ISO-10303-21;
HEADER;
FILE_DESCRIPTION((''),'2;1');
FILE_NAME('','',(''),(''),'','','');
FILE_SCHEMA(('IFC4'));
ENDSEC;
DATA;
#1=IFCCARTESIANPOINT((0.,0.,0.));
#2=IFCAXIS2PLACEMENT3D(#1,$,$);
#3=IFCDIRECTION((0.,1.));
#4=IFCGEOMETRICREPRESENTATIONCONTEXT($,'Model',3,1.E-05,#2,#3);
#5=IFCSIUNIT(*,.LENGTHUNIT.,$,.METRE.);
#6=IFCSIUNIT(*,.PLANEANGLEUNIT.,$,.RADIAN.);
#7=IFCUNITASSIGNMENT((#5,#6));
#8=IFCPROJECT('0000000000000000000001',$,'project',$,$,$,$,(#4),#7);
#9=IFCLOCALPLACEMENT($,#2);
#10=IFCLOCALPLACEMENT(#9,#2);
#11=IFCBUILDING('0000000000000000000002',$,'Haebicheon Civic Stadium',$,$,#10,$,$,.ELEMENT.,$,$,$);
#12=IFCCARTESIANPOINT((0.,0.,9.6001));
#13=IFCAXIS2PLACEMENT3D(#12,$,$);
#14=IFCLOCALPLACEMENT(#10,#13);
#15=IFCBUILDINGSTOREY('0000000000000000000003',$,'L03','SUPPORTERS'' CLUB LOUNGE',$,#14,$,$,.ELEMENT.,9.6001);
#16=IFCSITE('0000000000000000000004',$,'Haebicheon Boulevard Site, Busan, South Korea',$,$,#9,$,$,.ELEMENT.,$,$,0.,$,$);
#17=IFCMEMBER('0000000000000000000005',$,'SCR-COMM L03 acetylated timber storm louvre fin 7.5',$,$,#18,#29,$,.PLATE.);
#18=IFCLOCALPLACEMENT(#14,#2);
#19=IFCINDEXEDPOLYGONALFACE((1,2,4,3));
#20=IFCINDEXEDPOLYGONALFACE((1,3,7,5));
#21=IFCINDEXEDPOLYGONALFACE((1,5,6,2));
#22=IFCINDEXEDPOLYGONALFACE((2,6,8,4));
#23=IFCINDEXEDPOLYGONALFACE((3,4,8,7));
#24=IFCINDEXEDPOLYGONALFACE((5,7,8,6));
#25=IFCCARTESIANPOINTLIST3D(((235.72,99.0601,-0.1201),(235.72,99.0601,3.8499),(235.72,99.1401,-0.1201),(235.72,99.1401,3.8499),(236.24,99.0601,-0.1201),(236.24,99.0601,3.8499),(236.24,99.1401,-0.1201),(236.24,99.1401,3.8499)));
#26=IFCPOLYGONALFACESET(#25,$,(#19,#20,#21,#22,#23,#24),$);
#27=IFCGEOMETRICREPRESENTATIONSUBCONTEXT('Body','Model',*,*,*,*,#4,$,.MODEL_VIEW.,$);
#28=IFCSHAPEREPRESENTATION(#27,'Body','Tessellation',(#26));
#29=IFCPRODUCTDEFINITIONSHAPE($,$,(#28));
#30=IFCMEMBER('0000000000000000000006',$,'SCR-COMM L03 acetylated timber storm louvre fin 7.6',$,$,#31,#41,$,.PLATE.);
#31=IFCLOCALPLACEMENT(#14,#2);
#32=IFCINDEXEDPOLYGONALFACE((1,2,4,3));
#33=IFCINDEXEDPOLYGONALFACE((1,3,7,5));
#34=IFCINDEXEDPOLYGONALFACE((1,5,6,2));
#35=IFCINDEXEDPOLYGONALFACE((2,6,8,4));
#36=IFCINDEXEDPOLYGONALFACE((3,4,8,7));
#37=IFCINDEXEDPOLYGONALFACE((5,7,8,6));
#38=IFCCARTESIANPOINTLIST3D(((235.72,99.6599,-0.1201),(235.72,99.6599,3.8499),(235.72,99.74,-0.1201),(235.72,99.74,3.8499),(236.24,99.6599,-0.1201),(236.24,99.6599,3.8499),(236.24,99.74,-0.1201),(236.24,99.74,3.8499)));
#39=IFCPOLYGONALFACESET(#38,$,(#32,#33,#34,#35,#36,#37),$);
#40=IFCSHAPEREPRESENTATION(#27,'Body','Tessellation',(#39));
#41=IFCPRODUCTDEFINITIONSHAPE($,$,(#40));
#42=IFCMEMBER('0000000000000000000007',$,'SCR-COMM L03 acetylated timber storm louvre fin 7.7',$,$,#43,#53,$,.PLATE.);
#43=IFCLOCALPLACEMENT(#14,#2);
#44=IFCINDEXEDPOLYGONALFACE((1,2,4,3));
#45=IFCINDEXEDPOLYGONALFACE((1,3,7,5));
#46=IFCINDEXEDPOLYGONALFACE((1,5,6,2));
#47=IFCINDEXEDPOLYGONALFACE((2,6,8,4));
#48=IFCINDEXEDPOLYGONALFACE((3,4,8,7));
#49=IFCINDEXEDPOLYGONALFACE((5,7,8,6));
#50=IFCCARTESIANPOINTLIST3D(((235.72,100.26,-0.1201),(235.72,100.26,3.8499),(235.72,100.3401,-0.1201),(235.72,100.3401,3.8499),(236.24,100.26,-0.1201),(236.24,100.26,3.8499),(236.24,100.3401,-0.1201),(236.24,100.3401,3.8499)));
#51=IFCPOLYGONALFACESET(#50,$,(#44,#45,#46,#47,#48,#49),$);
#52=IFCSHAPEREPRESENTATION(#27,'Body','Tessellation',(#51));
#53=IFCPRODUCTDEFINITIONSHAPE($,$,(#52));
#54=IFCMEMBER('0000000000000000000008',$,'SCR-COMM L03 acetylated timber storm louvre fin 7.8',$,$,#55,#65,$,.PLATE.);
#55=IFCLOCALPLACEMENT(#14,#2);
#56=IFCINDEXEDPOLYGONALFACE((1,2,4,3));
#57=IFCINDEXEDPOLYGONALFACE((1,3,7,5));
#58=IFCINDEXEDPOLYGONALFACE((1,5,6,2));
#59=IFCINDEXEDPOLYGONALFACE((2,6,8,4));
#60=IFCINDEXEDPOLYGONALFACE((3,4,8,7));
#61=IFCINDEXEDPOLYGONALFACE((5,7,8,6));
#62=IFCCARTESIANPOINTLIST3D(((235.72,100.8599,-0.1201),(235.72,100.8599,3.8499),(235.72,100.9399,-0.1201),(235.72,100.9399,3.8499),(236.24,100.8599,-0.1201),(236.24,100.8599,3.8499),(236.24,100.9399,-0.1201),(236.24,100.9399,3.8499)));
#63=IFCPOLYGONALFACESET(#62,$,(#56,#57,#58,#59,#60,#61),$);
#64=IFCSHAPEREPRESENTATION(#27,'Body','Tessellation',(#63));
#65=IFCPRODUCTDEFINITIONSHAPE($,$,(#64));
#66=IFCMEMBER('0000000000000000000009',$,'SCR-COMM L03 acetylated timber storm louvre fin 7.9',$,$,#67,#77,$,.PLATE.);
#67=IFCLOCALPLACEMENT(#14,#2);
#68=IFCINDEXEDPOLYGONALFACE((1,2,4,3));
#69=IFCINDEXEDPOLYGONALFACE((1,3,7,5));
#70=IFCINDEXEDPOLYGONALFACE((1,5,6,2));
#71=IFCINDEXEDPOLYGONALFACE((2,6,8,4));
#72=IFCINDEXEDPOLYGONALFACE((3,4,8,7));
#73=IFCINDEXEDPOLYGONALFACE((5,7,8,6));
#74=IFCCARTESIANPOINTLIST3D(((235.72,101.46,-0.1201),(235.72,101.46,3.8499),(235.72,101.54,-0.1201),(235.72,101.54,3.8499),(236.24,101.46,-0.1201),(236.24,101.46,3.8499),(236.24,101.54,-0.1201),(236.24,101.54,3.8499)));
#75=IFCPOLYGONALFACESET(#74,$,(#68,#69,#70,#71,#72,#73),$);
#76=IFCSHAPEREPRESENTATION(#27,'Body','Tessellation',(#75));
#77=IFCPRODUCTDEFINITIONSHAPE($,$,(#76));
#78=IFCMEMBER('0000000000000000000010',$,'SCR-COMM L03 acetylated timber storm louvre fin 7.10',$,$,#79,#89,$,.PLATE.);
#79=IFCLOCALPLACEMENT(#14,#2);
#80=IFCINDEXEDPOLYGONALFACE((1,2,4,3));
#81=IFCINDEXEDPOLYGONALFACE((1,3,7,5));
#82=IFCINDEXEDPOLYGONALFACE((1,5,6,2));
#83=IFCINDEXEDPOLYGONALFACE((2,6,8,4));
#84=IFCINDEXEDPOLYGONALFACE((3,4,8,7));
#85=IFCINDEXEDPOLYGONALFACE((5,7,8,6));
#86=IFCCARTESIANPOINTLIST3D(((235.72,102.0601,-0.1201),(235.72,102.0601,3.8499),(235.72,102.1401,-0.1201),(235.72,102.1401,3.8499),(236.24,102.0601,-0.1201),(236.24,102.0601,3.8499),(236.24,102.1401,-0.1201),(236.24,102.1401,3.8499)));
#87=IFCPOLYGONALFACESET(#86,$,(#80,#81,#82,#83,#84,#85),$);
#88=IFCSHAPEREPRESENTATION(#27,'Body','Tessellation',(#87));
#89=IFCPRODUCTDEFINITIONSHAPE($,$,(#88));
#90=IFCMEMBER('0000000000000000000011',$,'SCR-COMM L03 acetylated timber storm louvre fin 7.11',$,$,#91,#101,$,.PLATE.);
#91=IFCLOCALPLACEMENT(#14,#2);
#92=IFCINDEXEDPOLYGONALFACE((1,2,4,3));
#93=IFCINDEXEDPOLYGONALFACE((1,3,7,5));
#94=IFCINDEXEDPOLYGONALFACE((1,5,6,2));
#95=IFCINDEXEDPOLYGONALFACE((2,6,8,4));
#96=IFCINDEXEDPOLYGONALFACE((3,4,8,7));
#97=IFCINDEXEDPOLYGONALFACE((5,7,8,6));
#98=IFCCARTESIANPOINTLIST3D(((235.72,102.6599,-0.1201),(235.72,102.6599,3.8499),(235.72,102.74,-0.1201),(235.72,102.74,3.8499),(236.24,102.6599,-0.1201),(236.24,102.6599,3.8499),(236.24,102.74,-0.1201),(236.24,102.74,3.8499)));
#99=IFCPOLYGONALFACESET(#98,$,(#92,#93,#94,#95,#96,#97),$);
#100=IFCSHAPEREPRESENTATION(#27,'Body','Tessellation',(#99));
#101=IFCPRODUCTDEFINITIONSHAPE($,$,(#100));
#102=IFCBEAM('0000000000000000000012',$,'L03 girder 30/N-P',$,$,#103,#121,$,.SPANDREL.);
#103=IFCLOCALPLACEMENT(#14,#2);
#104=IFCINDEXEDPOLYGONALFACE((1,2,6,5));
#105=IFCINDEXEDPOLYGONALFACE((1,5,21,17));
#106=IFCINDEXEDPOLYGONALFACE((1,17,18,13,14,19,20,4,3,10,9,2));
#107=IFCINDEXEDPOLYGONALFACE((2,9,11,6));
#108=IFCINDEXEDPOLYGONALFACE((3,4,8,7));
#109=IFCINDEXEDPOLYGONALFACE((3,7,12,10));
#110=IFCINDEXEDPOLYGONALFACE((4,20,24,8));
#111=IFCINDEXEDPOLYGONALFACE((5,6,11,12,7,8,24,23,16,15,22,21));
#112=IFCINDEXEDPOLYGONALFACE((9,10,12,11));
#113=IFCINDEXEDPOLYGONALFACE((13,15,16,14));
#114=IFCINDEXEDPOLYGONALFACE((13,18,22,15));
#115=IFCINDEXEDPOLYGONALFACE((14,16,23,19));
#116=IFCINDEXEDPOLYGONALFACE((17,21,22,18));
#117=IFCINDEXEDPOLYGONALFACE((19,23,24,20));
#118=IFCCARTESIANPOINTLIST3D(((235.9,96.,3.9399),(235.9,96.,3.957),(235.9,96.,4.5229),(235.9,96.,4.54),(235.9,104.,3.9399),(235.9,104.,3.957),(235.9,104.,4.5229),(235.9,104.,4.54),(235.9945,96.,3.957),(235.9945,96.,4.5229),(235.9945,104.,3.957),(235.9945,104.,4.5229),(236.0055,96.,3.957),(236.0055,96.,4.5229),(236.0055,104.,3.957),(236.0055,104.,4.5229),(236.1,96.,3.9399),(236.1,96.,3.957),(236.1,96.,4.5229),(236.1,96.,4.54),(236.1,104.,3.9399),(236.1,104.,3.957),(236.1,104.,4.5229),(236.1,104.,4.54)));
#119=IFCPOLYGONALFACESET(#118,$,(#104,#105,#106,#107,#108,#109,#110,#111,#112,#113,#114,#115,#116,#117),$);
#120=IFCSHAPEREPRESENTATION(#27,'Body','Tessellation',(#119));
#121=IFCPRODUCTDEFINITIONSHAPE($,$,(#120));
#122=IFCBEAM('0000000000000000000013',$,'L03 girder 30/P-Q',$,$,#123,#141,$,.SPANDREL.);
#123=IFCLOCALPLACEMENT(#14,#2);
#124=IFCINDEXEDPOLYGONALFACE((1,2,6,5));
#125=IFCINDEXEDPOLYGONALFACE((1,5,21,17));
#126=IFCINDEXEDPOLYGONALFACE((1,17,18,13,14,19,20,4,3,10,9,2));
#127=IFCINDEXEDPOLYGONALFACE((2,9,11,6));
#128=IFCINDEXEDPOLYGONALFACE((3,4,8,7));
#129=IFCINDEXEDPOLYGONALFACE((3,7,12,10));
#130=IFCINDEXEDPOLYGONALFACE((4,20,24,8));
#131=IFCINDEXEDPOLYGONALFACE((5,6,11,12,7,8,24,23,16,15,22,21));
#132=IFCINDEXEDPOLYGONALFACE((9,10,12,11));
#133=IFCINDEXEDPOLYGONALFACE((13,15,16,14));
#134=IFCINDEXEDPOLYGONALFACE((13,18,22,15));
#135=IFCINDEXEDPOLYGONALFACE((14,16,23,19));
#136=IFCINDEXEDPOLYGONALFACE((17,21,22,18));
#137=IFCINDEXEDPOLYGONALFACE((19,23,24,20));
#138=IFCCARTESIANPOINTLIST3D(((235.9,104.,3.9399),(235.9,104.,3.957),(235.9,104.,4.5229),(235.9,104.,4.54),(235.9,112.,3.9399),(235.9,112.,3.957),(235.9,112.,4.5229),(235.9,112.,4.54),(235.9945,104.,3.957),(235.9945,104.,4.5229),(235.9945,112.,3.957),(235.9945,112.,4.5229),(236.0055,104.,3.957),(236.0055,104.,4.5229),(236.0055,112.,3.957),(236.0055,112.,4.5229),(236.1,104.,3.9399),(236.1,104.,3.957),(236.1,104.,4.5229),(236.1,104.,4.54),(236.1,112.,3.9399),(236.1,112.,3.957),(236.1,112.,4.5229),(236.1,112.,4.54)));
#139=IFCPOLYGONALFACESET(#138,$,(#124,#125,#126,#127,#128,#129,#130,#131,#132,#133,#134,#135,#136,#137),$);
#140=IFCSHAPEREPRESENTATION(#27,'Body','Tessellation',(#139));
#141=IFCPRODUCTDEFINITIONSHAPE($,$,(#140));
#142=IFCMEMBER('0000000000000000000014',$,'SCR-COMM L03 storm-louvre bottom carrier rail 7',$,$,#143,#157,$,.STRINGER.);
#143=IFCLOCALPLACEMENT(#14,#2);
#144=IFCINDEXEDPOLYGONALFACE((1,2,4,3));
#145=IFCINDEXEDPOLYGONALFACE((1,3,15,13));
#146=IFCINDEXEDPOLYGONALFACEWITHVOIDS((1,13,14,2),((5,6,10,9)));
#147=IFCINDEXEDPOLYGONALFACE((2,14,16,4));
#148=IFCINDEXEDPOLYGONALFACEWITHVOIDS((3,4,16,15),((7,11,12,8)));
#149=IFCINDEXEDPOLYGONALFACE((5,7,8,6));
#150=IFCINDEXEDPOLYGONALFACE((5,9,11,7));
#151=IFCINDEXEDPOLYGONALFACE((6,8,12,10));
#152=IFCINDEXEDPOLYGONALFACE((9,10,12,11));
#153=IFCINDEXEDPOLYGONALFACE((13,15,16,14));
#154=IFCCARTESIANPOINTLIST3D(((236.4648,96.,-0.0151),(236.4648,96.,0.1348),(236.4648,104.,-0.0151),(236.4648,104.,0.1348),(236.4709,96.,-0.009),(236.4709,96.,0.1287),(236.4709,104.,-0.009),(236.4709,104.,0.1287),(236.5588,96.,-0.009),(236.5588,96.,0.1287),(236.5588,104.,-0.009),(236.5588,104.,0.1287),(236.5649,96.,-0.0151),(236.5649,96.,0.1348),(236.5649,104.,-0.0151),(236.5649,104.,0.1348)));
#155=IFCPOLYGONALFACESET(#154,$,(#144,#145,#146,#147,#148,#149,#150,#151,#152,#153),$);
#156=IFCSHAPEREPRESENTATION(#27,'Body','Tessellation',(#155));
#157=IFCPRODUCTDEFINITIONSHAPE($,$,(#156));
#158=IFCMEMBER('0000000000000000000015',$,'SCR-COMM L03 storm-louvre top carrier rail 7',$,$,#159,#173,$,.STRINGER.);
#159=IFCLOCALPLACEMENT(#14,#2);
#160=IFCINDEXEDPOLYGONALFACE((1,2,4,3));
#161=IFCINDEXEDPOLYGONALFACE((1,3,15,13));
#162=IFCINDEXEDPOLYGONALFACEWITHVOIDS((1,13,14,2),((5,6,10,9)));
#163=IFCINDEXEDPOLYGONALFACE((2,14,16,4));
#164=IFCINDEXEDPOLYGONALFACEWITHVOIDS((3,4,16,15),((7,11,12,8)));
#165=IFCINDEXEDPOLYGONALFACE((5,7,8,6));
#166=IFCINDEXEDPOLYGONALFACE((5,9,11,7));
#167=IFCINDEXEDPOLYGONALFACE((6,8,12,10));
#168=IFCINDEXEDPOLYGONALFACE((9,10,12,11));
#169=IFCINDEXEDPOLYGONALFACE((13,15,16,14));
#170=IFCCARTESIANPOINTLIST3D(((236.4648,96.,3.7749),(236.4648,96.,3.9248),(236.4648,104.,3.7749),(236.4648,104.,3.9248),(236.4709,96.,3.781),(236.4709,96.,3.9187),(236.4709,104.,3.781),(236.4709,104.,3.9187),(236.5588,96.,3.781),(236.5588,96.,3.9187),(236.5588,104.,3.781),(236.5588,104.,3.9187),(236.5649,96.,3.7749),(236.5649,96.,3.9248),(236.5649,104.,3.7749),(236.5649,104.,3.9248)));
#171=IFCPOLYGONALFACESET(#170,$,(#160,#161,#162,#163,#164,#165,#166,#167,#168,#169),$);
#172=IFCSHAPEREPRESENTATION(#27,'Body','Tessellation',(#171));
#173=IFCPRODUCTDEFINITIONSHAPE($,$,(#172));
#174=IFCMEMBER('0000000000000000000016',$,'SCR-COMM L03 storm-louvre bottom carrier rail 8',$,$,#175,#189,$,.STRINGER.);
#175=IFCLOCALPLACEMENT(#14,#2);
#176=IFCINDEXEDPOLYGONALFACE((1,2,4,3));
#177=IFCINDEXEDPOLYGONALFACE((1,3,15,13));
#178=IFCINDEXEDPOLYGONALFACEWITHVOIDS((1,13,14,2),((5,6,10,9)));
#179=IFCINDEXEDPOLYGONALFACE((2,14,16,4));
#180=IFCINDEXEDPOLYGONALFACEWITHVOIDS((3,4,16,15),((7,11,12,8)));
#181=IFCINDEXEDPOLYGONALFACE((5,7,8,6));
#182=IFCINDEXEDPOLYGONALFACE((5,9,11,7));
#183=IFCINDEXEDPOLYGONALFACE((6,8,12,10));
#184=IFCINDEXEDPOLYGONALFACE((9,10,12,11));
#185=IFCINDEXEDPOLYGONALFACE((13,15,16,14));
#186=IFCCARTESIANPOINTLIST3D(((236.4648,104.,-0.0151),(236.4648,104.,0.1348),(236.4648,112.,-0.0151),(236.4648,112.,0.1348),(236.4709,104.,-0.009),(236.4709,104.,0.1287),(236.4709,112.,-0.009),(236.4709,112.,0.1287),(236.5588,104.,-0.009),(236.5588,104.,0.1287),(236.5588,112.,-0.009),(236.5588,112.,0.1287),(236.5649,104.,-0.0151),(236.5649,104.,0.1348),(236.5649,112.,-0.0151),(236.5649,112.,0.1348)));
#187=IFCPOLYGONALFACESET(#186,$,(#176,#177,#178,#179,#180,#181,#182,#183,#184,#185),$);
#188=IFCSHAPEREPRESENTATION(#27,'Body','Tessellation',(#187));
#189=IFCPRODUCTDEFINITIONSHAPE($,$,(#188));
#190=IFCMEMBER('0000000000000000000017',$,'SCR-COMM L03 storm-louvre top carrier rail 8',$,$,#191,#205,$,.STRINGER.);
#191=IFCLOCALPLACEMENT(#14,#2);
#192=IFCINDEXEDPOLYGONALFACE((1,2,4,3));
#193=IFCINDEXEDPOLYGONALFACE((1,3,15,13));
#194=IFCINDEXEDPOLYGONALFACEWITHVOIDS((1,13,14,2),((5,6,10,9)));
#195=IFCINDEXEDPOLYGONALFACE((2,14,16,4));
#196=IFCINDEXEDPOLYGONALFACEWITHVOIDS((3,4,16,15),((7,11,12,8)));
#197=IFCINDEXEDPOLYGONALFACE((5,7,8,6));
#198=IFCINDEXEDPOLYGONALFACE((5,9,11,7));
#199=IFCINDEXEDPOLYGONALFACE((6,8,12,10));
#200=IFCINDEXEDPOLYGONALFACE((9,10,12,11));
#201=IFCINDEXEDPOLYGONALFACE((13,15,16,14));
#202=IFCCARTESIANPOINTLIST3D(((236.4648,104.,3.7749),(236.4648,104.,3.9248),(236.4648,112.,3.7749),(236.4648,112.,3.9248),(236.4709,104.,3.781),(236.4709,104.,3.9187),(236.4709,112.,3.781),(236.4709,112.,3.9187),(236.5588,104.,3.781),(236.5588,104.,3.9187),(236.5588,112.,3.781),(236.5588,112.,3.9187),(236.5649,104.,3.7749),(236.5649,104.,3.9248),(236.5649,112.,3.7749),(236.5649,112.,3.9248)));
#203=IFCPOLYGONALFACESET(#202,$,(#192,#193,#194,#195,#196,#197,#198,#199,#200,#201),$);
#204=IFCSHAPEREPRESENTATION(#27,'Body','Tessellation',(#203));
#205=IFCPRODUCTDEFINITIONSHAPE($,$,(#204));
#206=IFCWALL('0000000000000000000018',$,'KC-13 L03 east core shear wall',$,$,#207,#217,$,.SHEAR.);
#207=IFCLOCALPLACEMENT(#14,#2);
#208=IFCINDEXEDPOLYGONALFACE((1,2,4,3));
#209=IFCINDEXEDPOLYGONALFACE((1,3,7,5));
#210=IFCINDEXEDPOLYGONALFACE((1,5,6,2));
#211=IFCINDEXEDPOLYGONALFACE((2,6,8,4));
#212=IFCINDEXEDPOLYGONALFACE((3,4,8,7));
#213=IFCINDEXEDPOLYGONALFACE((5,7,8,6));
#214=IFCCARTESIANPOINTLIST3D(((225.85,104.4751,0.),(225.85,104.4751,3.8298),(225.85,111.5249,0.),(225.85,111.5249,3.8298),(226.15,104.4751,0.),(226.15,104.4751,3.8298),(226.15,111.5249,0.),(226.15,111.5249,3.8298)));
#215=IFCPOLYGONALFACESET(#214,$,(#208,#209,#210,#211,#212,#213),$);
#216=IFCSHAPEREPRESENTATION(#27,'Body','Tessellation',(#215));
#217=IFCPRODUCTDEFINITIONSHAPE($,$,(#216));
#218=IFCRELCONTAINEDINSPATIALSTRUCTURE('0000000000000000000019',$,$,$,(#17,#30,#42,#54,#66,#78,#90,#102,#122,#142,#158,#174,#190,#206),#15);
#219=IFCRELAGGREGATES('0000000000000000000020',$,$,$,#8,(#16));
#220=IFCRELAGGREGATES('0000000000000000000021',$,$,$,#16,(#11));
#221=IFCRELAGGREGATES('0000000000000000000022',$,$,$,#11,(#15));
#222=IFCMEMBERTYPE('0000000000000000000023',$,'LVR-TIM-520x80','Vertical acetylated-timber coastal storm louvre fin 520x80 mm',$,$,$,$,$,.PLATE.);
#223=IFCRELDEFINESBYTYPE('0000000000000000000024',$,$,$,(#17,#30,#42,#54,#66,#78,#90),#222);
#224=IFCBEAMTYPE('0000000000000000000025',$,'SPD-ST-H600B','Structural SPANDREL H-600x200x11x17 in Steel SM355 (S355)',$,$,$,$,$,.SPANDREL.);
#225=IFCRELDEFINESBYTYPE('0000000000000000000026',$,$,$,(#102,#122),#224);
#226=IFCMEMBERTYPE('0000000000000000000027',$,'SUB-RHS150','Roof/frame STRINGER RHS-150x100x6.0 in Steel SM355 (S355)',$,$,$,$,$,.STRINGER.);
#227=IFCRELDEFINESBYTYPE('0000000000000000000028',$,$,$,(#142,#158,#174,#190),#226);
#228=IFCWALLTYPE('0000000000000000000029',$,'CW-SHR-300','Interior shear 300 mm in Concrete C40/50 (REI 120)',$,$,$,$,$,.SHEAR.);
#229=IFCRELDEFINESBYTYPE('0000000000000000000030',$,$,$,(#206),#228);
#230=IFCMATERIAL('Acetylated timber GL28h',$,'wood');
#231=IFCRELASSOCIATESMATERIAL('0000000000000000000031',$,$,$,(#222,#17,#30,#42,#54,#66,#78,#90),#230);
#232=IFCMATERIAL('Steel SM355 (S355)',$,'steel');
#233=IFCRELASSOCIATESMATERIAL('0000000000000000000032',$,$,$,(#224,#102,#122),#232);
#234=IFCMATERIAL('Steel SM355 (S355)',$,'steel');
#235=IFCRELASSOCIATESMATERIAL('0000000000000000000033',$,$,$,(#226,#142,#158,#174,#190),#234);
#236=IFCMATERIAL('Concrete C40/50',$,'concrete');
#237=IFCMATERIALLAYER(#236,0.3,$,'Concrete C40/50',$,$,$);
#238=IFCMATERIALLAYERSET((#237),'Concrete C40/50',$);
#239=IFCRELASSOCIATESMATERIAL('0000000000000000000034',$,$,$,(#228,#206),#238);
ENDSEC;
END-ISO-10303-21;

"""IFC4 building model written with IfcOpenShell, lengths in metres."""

from ifc_helpers import new_model, si_unit, direction, frame, frame_2d, origin, origin_2d, place, context, subcontext, project, spatial, rectangle, hollow_rectangle, i_section, extrude, material, layer, layer_set, material_profile, profile_set, type_object, element, save


model = new_model("IFC4")

# Units and contexts
model_context = context("Model", 3, precision=1e-05, world=origin(), true_north=direction((0.0, 1.0)))
body_context = subcontext(model_context, "Body", "Model", "MODEL_VIEW")
ifc_project = project(units=[si_unit("LENGTHUNIT", "METRE"), si_unit("PLANEANGLEUNIT", "RADIAN")], contexts=[model_context])

# Site, building, storey
site_placement = place(None, origin())
site = spatial("IfcSite", under=ifc_project, at=site_placement, Name="Haebicheon Boulevard Site, Busan, South Korea", CompositionType="ELEMENT", RefElevation=0.0)
building_placement = place(site_placement, origin())
building = spatial("IfcBuilding", under=site, at=building_placement, Name="Haebicheon Civic Stadium", CompositionType="ELEMENT")
storey_placement = place(building_placement, frame((0.0, 0.0, 9.6001)))
storey = spatial("IfcBuildingStorey", under=building, at=storey_placement, Name="L03", Description="SUPPORTERS' CLUB LOUNGE", CompositionType="ELEMENT", Elevation=9.6001)

# Members
ifc_material_1 = material(Name="Acetylated timber GL28h", Category="wood")
ifc_material_profile_1 = material_profile(ifc_material_1, rectangle(XDim=0.0801, YDim=0.52, at=origin_2d()), Name="TMB-LOUV-80x520")
ifc_profile_set_1 = profile_set([ifc_material_profile_1], Name="Acetylated timber GL28h")
member_type_1 = type_object("IfcMemberType", Name="LVR-TIM-520x80", Description="Vertical acetylated-timber coastal storm louvre fin 520x80 mm", PredefinedType="PLATE", material=ifc_profile_set_1)
for number, where, z_axis, x_axis, name in (
    (1, (235.98, 99.1001, -0.1201), (0.0, 0.0, 1.0), (0.0, 1.0, 0.0), "SCR-COMM L03 acetylated timber storm louvre fin 7.5"),
    (2, (235.98, 99.7, -0.1201), (0.0, 0.0, 1.0), (0.0, 1.0, 0.0), "SCR-COMM L03 acetylated timber storm louvre fin 7.6"),
    (3, (235.98, 100.3, -0.1201), (0.0, 0.0, 1.0), (0.0, 1.0, 0.0), "SCR-COMM L03 acetylated timber storm louvre fin 7.7"),
    (4, (235.98, 100.8999, -0.1201), (0.0, 0.0, 1.0), (0.0, 1.0, 0.0), "SCR-COMM L03 acetylated timber storm louvre fin 7.8"),
    (5, (235.98, 101.5, -0.1201), (0.0, 0.0, 1.0), (0.0, 1.0, 0.0), "SCR-COMM L03 acetylated timber storm louvre fin 7.9"),
    (6, (235.98, 102.1001, -0.1201), (0.0, 0.0, 1.0), (0.0, 1.0, 0.0), "SCR-COMM L03 acetylated timber storm louvre fin 7.10"),
    (7, (235.98, 102.7, -0.1201), (0.0, 0.0, 1.0), (0.0, 1.0, 0.0), "SCR-COMM L03 acetylated timber storm louvre fin 7.11"),
):
    element("IfcMember", number, at=place(storey_placement, frame(where, z_axis=z_axis, x_axis=x_axis)), inside=storey, type_object=member_type_1, material=ifc_profile_set_1, Name=name, PredefinedType="PLATE", context=body_context, shape_type="SweptSolid", body=[
        extrude(rectangle(XDim=0.0801, YDim=0.52, at=origin_2d()), origin(), (0.0, 0.0, 1.0), 3.97),
    ])

# Beams
ifc_material_2 = material(Name="Steel SM355 (S355)", Category="steel")
ifc_material_profile_2 = material_profile(ifc_material_2, i_section(OverallWidth=0.2, OverallDepth=0.6001, WebThickness=0.011, FlangeThickness=0.0171, at=origin_2d()), Name="H-600x200x11x17")
ifc_profile_set_2 = profile_set([ifc_material_profile_2], Name="Steel SM355 (S355)")
beam_type_1 = type_object("IfcBeamType", Name="SPD-ST-H600B", Description="Structural SPANDREL H-600x200x11x17 in Steel SM355 (S355)", PredefinedType="SPANDREL", material=ifc_profile_set_2)
for number, where, z_axis, x_axis, name in (
    (8, (236.0, 96.0, 4.24), (0.0, 1.0, 0.0), (-1.0, 0.0, 0.0), "L03 girder 30/N-P"),
    (9, (236.0, 104.0, 4.24), (0.0, 1.0, 0.0), (-1.0, 0.0, 0.0), "L03 girder 30/P-Q"),
):
    element("IfcBeam", number, at=place(storey_placement, frame(where, z_axis=z_axis, x_axis=x_axis)), inside=storey, type_object=beam_type_1, material=ifc_profile_set_2, Name=name, PredefinedType="SPANDREL", context=body_context, shape_type="SweptSolid", body=[
        extrude(i_section(OverallWidth=0.2, OverallDepth=0.6001, WebThickness=0.011, FlangeThickness=0.0171, at=origin_2d()), origin(), (0.0, 0.0, 1.0), 8.0),
    ])

# Members
ifc_material_3 = material(Name="Steel SM355 (S355)", Category="steel")
ifc_material_profile_3 = material_profile(ifc_material_3, hollow_rectangle(XDim=0.1001, YDim=0.1499, WallThickness=0.0061, at=origin_2d()), Name="RHS-150x100x6.0")
ifc_profile_set_3 = profile_set([ifc_material_profile_3], Name="Steel SM355 (S355)")
member_type_2 = type_object("IfcMemberType", Name="SUB-RHS150", Description="Roof/frame STRINGER RHS-150x100x6.0 in Steel SM355 (S355)", PredefinedType="STRINGER", material=ifc_profile_set_3)
for number, where, z_axis, x_axis, name in (
    (10, (236.5149, 96.0, 0.0598), (0.0, 1.0, 0.0), (-1.0, 0.0, 0.0), "SCR-COMM L03 storm-louvre bottom carrier rail 7"),
    (11, (236.5149, 96.0, 3.8499), (0.0, 1.0, 0.0), (-1.0, 0.0, 0.0), "SCR-COMM L03 storm-louvre top carrier rail 7"),
    (12, (236.5149, 104.0, 0.0598), (0.0, 1.0, 0.0), (-1.0, 0.0, 0.0), "SCR-COMM L03 storm-louvre bottom carrier rail 8"),
    (13, (236.5149, 104.0, 3.8499), (0.0, 1.0, 0.0), (-1.0, 0.0, 0.0), "SCR-COMM L03 storm-louvre top carrier rail 8"),
):
    element("IfcMember", number, at=place(storey_placement, frame(where, z_axis=z_axis, x_axis=x_axis)), inside=storey, type_object=member_type_2, material=ifc_profile_set_3, Name=name, PredefinedType="STRINGER", context=body_context, shape_type="SweptSolid", body=[
        extrude(hollow_rectangle(XDim=0.1001, YDim=0.1499, WallThickness=0.0061, at=origin_2d()), origin(), (0.0, 0.0, 1.0), 8.0),
    ])

# Wall
ifc_material_4 = material(Name="Concrete C40/50", Category="concrete")
ifc_layer_1 = layer(ifc_material_4, 0.3, Name="Concrete C40/50")
ifc_layer_set_1 = layer_set([ifc_layer_1], Name="Concrete C40/50")
wall_type_1 = type_object("IfcWallType", Name="CW-SHR-300", Description="Interior shear 300 mm in Concrete C40/50 (REI 120)", PredefinedType="SHEAR", material=ifc_layer_set_1)
wall_1_placement = place(storey_placement, frame((226.0, 104.4751, 0.0), z_axis=(0.0, 0.0, 1.0), x_axis=(0.0, 1.0, 0.0)))
element("IfcWall", 14, at=wall_1_placement, inside=storey, type_object=wall_type_1, material=ifc_layer_set_1, Name="KC-13 L03 east core shear wall", PredefinedType="SHEAR", context=body_context, shape_type="SweptSolid", body=[
    extrude(rectangle(XDim=7.0498, YDim=0.3, at=frame_2d((3.5249, 0.0))), origin(), (0.0, 0.0, 1.0), 3.8298),
])

save(model, "model.ifc")
